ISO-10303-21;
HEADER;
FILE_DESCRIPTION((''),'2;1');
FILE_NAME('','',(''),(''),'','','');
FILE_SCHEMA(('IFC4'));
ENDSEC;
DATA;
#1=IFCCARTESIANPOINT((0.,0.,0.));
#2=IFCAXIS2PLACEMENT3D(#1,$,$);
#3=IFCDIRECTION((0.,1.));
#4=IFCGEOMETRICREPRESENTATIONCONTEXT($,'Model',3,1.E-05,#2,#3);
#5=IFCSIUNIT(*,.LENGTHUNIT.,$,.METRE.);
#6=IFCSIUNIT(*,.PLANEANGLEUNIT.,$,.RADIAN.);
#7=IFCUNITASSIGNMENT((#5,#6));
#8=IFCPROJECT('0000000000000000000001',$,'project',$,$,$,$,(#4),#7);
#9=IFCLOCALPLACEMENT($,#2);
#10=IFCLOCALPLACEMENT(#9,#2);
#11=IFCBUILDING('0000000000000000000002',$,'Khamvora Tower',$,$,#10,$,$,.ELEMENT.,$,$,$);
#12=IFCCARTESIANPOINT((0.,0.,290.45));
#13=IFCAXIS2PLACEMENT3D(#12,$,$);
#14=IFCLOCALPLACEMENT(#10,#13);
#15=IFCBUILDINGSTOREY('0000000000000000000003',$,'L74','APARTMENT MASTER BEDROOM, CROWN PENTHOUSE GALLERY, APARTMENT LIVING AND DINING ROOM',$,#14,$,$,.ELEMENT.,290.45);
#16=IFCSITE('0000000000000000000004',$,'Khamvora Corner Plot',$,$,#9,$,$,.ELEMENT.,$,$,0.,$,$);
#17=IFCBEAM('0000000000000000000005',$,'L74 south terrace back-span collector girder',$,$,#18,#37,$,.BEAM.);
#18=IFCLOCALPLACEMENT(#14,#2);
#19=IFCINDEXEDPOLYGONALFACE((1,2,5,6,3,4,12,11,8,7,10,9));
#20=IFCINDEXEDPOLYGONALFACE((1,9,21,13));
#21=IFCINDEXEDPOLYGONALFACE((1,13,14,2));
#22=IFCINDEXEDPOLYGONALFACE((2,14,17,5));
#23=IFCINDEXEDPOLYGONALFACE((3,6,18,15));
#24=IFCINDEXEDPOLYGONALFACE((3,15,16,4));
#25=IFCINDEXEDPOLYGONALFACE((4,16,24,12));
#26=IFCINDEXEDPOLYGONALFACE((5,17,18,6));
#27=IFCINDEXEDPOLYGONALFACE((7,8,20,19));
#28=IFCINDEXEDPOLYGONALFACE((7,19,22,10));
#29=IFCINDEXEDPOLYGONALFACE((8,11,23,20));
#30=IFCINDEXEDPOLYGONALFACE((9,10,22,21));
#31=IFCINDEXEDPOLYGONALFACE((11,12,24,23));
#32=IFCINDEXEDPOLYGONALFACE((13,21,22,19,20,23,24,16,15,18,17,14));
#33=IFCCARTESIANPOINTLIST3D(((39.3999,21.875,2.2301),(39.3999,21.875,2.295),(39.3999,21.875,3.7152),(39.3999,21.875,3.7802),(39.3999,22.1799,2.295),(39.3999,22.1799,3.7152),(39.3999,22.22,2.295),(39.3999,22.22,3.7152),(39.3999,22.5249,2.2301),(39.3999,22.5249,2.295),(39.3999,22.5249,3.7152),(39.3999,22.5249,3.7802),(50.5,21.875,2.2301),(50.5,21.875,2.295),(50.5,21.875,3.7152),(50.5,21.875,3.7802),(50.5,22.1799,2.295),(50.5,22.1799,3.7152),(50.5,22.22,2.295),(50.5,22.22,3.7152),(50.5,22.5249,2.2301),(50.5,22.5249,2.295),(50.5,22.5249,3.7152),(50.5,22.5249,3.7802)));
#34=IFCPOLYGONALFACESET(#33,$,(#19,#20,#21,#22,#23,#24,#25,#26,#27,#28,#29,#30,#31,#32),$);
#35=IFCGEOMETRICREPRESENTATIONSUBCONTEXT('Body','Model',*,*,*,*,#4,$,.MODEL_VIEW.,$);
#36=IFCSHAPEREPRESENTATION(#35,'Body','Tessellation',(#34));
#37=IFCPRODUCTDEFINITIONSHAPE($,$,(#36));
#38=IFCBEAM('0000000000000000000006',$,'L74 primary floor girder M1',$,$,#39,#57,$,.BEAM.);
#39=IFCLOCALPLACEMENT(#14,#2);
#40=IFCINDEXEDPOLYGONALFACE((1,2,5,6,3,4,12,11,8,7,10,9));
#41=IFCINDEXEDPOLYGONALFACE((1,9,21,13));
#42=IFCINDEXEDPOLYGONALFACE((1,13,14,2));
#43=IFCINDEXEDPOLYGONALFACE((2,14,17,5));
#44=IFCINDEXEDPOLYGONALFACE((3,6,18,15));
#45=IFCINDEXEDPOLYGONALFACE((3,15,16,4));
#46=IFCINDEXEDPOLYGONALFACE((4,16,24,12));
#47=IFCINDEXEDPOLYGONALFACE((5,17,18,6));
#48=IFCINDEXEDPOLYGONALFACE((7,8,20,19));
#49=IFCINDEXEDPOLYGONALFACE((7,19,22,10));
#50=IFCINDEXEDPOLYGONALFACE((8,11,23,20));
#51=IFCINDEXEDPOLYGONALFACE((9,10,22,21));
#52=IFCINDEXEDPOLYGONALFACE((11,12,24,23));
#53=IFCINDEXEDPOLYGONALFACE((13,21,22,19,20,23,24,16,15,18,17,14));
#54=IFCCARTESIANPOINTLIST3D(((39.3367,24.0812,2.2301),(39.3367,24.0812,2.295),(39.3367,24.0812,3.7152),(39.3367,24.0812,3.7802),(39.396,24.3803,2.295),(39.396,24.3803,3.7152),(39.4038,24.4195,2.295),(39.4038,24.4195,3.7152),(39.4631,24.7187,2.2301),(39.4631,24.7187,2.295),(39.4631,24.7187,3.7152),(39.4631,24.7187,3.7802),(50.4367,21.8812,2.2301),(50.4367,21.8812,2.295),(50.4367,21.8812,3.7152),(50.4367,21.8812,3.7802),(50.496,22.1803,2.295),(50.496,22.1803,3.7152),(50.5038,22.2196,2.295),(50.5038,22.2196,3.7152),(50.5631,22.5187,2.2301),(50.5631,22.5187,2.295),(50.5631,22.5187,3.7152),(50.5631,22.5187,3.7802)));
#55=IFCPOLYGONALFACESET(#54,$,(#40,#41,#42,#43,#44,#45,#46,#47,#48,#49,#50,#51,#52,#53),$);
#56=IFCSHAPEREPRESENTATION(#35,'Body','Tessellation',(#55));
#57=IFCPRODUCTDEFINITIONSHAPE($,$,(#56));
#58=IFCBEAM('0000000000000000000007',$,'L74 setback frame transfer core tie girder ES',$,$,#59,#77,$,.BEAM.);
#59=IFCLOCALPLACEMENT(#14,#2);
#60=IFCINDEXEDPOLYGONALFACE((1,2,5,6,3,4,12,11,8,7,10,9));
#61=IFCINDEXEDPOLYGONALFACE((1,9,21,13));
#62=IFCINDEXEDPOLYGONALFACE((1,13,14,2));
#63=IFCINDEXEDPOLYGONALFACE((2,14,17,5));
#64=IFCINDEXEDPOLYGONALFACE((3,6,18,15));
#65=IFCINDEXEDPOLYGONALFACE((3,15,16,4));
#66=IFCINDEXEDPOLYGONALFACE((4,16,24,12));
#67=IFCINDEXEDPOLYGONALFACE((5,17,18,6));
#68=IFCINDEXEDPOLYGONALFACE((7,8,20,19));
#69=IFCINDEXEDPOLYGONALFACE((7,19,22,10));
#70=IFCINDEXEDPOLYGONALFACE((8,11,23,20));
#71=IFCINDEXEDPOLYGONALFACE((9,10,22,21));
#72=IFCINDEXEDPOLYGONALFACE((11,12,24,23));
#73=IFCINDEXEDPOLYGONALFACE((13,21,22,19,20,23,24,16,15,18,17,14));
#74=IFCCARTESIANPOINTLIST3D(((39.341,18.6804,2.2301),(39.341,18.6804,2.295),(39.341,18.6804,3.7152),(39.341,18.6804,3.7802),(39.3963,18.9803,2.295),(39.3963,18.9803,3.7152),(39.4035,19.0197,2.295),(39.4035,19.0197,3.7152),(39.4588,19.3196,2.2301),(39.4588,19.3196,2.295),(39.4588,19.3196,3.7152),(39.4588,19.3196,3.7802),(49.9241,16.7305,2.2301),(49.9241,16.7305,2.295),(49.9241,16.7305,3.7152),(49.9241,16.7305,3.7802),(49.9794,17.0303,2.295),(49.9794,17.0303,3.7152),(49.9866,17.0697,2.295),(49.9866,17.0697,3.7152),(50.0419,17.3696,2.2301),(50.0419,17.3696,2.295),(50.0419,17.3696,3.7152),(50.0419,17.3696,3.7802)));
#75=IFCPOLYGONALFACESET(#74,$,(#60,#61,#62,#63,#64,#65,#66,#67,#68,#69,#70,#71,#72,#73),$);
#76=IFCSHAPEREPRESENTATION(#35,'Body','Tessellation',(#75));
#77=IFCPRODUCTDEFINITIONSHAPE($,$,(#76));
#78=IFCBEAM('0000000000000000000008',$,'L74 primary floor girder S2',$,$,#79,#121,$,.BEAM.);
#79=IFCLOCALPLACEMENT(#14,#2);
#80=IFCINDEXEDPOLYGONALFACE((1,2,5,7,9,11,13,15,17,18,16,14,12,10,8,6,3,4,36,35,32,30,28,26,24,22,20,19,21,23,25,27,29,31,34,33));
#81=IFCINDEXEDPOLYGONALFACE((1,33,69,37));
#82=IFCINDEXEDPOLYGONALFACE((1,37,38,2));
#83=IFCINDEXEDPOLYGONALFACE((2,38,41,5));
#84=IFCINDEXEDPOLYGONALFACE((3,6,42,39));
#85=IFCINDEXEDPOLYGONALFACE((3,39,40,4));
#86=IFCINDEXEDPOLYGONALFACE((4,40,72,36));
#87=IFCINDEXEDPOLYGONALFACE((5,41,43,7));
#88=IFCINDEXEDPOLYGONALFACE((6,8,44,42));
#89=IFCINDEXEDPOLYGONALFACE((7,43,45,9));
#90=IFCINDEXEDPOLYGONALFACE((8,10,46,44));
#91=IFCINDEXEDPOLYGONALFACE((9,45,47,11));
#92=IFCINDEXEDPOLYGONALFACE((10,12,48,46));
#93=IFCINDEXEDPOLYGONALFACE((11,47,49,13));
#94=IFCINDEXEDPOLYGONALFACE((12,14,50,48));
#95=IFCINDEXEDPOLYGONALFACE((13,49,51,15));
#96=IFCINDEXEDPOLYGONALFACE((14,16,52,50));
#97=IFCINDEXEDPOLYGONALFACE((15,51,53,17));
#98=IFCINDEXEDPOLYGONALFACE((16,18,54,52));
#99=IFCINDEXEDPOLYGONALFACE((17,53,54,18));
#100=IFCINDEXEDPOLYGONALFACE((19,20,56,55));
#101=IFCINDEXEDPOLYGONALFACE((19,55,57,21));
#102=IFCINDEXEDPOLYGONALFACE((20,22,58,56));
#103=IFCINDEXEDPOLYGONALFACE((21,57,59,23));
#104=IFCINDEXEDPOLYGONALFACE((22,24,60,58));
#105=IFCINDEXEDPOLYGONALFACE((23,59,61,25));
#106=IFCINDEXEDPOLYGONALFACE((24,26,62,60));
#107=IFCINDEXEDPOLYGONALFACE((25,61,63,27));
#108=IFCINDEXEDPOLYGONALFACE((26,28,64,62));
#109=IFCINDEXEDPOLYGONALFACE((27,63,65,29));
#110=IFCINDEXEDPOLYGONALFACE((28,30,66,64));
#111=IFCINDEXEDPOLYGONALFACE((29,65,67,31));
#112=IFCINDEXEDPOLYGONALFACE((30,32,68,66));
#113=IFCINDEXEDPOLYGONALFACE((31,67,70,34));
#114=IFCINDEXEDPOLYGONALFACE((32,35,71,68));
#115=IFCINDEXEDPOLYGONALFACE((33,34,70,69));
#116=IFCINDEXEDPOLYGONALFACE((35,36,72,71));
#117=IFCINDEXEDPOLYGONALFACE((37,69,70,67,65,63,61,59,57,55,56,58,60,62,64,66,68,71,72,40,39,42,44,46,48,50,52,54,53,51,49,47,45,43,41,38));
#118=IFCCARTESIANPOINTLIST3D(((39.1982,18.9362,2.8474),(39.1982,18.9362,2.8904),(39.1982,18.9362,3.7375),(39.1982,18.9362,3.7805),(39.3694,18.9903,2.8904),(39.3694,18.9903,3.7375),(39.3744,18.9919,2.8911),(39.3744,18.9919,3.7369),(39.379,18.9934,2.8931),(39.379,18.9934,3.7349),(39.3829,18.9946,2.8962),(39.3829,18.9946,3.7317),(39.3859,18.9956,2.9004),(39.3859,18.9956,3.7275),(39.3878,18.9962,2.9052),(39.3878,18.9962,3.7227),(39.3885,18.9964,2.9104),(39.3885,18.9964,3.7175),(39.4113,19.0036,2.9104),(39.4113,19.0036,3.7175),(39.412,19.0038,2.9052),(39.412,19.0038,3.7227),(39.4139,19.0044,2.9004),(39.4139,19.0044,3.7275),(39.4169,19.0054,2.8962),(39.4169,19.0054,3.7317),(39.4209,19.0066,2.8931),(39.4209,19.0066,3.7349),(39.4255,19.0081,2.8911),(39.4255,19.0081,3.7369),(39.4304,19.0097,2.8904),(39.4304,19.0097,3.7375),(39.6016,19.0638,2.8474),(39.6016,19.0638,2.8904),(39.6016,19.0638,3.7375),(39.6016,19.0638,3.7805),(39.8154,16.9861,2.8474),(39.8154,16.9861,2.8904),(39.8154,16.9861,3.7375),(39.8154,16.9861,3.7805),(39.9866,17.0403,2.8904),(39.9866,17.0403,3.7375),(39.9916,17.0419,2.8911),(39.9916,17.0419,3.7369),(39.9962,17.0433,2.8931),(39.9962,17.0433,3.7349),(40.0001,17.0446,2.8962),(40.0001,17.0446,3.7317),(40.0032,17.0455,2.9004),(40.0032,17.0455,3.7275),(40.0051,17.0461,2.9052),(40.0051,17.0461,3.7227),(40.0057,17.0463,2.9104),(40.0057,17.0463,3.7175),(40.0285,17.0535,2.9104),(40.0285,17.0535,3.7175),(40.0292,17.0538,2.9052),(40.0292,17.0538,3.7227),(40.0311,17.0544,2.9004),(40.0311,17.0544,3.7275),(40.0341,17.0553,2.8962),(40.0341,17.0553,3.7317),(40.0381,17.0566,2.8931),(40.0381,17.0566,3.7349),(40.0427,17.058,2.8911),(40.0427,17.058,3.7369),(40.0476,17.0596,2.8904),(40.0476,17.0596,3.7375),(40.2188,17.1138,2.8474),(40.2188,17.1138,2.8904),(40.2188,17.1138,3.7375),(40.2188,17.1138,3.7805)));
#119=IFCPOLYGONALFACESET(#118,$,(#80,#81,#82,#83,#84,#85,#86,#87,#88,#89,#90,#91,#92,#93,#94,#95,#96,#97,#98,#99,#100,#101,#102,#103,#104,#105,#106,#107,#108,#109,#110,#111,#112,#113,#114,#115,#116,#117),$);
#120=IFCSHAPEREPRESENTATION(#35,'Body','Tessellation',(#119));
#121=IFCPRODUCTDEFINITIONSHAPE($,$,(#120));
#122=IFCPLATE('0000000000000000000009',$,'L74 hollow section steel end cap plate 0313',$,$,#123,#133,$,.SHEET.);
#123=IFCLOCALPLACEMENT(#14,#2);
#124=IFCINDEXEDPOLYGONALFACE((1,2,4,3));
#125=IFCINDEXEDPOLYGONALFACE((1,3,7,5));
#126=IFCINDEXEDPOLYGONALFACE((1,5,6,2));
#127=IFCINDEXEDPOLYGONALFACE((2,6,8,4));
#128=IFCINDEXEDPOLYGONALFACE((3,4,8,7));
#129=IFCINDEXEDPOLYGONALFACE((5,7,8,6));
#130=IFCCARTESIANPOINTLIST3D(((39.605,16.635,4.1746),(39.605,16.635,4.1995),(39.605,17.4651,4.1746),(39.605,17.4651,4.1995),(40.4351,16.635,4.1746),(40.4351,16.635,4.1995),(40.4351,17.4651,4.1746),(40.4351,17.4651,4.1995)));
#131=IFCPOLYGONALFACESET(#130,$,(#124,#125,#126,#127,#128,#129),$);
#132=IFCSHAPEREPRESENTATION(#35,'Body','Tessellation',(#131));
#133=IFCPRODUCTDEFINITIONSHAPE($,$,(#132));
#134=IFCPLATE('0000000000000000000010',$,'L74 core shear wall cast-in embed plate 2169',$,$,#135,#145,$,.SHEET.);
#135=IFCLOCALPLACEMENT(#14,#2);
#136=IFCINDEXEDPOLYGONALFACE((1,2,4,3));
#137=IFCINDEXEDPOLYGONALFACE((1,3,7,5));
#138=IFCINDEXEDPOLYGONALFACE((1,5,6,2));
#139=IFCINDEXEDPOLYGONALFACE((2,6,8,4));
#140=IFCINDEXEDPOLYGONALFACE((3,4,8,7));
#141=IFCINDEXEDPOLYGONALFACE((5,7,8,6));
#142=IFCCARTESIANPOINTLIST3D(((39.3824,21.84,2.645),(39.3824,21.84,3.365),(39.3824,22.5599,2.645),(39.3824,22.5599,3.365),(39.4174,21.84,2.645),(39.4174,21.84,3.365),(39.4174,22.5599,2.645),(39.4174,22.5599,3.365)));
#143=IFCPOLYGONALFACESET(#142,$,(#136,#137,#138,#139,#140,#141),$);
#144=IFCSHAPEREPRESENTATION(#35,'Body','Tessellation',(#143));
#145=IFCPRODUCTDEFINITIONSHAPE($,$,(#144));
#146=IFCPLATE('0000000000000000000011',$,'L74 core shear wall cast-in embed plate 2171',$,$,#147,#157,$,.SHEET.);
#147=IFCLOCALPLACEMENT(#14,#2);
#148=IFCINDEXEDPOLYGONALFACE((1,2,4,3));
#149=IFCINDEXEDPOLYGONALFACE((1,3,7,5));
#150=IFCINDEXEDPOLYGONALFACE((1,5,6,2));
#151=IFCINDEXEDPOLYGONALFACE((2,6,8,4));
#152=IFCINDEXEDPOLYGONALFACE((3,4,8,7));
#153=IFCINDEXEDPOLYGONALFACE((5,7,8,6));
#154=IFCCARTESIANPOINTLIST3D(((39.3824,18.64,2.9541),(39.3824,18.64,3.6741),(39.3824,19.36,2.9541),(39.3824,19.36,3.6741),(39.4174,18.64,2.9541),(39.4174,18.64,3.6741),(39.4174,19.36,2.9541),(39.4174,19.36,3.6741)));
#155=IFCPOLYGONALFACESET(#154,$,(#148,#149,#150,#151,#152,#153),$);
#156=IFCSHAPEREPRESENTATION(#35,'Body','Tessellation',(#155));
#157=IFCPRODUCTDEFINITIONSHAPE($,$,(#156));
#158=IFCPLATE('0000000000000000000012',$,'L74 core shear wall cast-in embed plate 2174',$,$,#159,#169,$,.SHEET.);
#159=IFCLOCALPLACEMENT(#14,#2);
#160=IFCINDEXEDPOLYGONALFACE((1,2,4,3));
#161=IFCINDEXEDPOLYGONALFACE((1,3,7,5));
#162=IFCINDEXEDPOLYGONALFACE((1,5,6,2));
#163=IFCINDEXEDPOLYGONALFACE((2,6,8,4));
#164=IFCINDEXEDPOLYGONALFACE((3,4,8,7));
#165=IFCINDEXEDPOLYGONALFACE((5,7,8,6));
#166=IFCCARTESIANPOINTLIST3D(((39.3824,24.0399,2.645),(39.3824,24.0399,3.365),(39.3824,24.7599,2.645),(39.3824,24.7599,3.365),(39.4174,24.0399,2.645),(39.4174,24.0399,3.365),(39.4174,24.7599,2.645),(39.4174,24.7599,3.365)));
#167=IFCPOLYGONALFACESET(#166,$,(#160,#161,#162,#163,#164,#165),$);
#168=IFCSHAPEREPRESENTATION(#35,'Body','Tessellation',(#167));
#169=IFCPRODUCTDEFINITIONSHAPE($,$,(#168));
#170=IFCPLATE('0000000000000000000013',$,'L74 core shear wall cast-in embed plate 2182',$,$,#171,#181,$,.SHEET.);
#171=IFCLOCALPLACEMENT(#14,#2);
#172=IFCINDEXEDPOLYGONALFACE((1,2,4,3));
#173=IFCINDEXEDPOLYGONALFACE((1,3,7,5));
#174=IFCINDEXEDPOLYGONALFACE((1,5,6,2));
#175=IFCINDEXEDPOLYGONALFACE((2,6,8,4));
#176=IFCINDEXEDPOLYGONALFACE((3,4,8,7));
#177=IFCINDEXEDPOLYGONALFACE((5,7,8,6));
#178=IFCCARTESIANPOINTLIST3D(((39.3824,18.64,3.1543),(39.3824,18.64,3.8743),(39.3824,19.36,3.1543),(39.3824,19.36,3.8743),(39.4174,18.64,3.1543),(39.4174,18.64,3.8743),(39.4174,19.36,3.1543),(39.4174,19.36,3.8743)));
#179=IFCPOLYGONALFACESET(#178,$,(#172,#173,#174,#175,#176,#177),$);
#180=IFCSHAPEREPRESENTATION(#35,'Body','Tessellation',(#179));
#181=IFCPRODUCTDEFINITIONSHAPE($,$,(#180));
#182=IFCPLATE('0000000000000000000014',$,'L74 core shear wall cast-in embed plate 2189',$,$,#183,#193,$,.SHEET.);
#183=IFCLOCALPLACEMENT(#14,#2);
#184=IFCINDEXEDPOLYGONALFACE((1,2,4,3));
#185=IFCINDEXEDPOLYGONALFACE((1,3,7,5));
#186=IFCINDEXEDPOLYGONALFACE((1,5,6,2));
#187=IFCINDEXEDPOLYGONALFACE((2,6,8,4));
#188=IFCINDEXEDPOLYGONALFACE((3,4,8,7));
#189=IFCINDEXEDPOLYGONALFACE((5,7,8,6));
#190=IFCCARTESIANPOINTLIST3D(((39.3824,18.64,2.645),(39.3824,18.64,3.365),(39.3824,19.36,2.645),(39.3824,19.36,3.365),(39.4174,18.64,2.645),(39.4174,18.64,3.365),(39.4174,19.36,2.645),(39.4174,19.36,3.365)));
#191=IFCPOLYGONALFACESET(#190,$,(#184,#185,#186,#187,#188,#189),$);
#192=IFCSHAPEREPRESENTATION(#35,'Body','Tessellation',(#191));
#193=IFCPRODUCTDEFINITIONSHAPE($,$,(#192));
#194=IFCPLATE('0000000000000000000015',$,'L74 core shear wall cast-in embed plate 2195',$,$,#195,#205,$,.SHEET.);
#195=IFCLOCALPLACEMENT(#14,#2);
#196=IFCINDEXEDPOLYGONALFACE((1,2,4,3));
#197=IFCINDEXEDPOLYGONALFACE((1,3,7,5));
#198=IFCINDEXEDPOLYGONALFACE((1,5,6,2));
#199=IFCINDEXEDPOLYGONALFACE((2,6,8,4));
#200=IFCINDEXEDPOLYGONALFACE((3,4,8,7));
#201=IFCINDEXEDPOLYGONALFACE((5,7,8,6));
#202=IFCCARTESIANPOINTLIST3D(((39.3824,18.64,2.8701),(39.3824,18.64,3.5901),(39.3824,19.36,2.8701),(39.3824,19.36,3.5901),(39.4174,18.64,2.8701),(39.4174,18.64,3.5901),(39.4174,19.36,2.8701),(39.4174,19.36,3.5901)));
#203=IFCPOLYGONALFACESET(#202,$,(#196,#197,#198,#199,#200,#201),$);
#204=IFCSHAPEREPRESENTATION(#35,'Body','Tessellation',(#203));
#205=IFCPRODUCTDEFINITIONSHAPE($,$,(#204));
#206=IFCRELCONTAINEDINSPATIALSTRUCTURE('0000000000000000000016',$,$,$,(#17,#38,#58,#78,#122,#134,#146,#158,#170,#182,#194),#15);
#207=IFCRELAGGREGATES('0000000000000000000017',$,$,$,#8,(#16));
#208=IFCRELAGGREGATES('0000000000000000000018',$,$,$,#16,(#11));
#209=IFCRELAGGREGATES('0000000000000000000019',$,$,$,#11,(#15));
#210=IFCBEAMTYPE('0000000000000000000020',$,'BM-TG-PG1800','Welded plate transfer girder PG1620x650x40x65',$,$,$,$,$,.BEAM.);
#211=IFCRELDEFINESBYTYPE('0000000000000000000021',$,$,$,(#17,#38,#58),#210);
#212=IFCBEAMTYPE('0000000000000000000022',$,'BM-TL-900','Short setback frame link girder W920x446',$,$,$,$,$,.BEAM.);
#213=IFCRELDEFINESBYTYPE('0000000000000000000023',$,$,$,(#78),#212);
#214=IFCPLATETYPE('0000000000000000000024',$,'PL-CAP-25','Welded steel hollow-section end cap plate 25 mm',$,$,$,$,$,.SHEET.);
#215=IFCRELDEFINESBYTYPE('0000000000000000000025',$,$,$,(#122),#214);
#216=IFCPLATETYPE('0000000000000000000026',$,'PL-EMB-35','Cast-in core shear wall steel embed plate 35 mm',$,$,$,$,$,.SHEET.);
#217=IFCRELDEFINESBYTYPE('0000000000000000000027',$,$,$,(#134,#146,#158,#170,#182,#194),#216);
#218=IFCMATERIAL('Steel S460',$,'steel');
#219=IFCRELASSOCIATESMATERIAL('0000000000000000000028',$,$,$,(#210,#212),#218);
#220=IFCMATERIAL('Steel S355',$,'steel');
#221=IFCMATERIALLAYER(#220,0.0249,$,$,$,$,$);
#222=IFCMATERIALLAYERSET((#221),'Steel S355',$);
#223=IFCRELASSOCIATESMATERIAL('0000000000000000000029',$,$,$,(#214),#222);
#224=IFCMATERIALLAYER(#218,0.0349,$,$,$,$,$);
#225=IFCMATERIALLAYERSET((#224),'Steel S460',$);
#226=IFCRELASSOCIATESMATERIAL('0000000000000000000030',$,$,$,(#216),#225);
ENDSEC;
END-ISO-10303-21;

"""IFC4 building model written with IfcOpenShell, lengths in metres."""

from ifc_helpers import new_model, si_unit, direction, frame, origin, origin_2d, place, context, subcontext, project, spatial, rectangle, i_section, extrude, material, layer, layer_set, material_profile, profile_set, type_object, element, save


model = new_model("IFC4")

# Units and contexts
model_context = context("Model", 3, precision=1e-05, world=origin(), true_north=direction((0.0, 1.0)))
body_context = subcontext(model_context, "Body", "Model", "MODEL_VIEW")
ifc_project = project(units=[si_unit("LENGTHUNIT", "METRE"), si_unit("PLANEANGLEUNIT", "RADIAN")], contexts=[model_context])

# Site, building, storey
site_placement = place(None, origin())
site = spatial("IfcSite", under=ifc_project, at=site_placement, Name="Khamvora Corner Plot", CompositionType="ELEMENT", RefElevation=0.0)
building_placement = place(site_placement, origin())
building = spatial("IfcBuilding", under=site, at=building_placement, Name="Khamvora Tower", CompositionType="ELEMENT")
storey_placement = place(building_placement, frame((0.0, 0.0, 290.45)))
storey = spatial("IfcBuildingStorey", under=building, at=storey_placement, Name="L74", Description="APARTMENT MASTER BEDROOM, CROWN PENTHOUSE GALLERY, APARTMENT LIVING AND DINING ROOM", CompositionType="ELEMENT", Elevation=290.45)

# Shared definitions
ifc_material_1 = material(Name="Steel S355", Category="steel")

# Beams
ifc_material_2 = material(Name="Steel S460", Category="steel")
ifc_material_profile_1 = material_profile(ifc_material_2, i_section(OverallWidth=0.6499, OverallDepth=1.55, WebThickness=0.04, FlangeThickness=0.0649, at=origin_2d()), Name="PG1550x650x40x65")
ifc_profile_set_1 = profile_set([ifc_material_profile_1], Name="Steel S460")
beam_type_1 = type_object("IfcBeamType", Name="BM-TG-PG1800", Description="Welded plate transfer girder PG1620x650x40x65", PredefinedType="BEAM", material=ifc_profile_set_1)
beam_1_placement = place(storey_placement, frame((39.3999, 22.2, 3.0051), z_axis=(1.0, 0.0, 0.0), x_axis=(0.0, 1.0, 0.0)))
element("IfcBeam", 1, at=beam_1_placement, inside=storey, type_object=beam_type_1, Name="L74 south terrace back-span collector girder", PredefinedType="BEAM", context=body_context, shape_type="SweptSolid", body=[
    extrude(i_section(OverallWidth=0.6499, OverallDepth=1.55, WebThickness=0.04, FlangeThickness=0.0649, at=origin_2d()), origin(), (0.0, 0.0, 1.0), 11.1001),
])
beam_2_placement = place(storey_placement, frame((39.3999, 24.3999, 3.0051), z_axis=(0.98092, -0.194411, 0.0), x_axis=(0.194411, 0.98092, 0.0)))
element("IfcBeam", 2, at=beam_2_placement, inside=storey, type_object=beam_type_1, Name="L74 primary floor girder M1", PredefinedType="BEAM", context=body_context, shape_type="SweptSolid", body=[
    extrude(i_section(OverallWidth=0.6499, OverallDepth=1.55, WebThickness=0.04, FlangeThickness=0.0649, at=origin_2d()), origin(), (0.0, 0.0, 1.0), 11.3159),
])
beam_3_placement = place(storey_placement, frame((39.3999, 19.0, 3.0051), z_axis=(0.983446, -0.181203, 0.0), x_axis=(0.181203, 0.983446, 0.0)))
element("IfcBeam", 3, at=beam_3_placement, inside=storey, type_object=beam_type_1, Name="L74 setback frame transfer core tie girder ES", PredefinedType="BEAM", context=body_context, shape_type="SweptSolid", body=[
    extrude(i_section(OverallWidth=0.6499, OverallDepth=1.55, WebThickness=0.04, FlangeThickness=0.0649, at=origin_2d()), origin(), (0.0, 0.0, 1.0), 10.7612),
])
ifc_material_profile_2 = material_profile(ifc_material_2, i_section(OverallWidth=0.4231, OverallDepth=0.9331, WebThickness=0.0239, FlangeThickness=0.043, FilletRadius=0.02, at=origin_2d()), Name="W920x446")
ifc_profile_set_2 = profile_set([ifc_material_profile_2], Name="Steel S460")
beam_type_2 = type_object("IfcBeamType", Name="BM-TL-900", Description="Short setback frame link girder W920x446", PredefinedType="BEAM", material=ifc_profile_set_2)
beam_4_placement = place(storey_placement, frame((39.3999, 19.0, 3.314), z_axis=(0.30176, -0.953384, 0.0), x_axis=(0.953384, 0.30176, 0.0)))
element("IfcBeam", 4, at=beam_4_placement, inside=storey, type_object=beam_type_2, Name="L74 primary floor girder S2", PredefinedType="BEAM", context=body_context, shape_type="SweptSolid", body=[
    extrude(i_section(OverallWidth=0.4231, OverallDepth=0.9331, WebThickness=0.0239, FlangeThickness=0.043, FilletRadius=0.02, at=origin_2d()), origin(), (0.0, 0.0, 1.0), 2.0454),
])

# Plates
ifc_layer_1 = layer(ifc_material_1, 0.0249)
ifc_layer_set_1 = layer_set([ifc_layer_1], Name="Steel S355")
plate_type_1 = type_object("IfcPlateType", Name="PL-CAP-25", Description="Welded steel hollow-section end cap plate 25 mm", PredefinedType="SHEET", material=ifc_layer_set_1)
plate_placement = place(storey_placement, frame((40.02, 17.05, 4.1746), z_axis=(0.0, 0.0, 1.0), x_axis=(1.0, 0.0, 0.0)))
element("IfcPlate", 5, at=plate_placement, inside=storey, type_object=plate_type_1, Name="L74 hollow section steel end cap plate 0313", PredefinedType="SHEET", context=body_context, shape_type="SweptSolid", body=[
    extrude(rectangle(XDim=0.8301, YDim=0.8301, at=origin_2d()), origin(), (0.0, 0.0, 1.0), 0.0249),
])
ifc_layer_2 = layer(ifc_material_2, 0.0349)
ifc_layer_set_2 = layer_set([ifc_layer_2], Name="Steel S460")
plate_type_2 = type_object("IfcPlateType", Name="PL-EMB-35", Description="Cast-in core shear wall steel embed plate 35 mm", PredefinedType="SHEET", material=ifc_layer_set_2)
for number, where, z_axis, x_axis, name in (
    (6, (39.3999, 22.2, 2.645), (0.0, 0.0, 1.0), (1.0, 0.0, 0.0), "L74 core shear wall cast-in embed plate 2169"),
    (7, (39.3999, 19.0, 2.9541), (0.0, 0.0, 1.0), (1.0, 0.0, 0.0), "L74 core shear wall cast-in embed plate 2171"),
    (8, (39.3999, 24.3999, 2.645), (0.0, 0.0, 1.0), (1.0, 0.0, 0.0), "L74 core shear wall cast-in embed plate 2174"),
    (9, (39.3999, 19.0, 3.1543), (0.0, 0.0, 1.0), (1.0, 0.0, 0.0), "L74 core shear wall cast-in embed plate 2182"),
    (10, (39.3999, 19.0, 2.645), (0.0, 0.0, 1.0), (1.0, 0.0, 0.0), "L74 core shear wall cast-in embed plate 2189"),
    (11, (39.3999, 19.0, 2.8701), (0.0, 0.0, 1.0), (1.0, 0.0, 0.0), "L74 core shear wall cast-in embed plate 2195"),
):
    element("IfcPlate", number, at=place(storey_placement, frame(where, z_axis=z_axis, x_axis=x_axis)), inside=storey, type_object=plate_type_2, Name=name, PredefinedType="SHEET", context=body_context, shape_type="SweptSolid", body=[
        extrude(rectangle(XDim=0.0349, YDim=0.72, at=origin_2d()), origin(), (0.0, 0.0, 1.0), 0.72),
    ])

save(model, "model.ifc")
